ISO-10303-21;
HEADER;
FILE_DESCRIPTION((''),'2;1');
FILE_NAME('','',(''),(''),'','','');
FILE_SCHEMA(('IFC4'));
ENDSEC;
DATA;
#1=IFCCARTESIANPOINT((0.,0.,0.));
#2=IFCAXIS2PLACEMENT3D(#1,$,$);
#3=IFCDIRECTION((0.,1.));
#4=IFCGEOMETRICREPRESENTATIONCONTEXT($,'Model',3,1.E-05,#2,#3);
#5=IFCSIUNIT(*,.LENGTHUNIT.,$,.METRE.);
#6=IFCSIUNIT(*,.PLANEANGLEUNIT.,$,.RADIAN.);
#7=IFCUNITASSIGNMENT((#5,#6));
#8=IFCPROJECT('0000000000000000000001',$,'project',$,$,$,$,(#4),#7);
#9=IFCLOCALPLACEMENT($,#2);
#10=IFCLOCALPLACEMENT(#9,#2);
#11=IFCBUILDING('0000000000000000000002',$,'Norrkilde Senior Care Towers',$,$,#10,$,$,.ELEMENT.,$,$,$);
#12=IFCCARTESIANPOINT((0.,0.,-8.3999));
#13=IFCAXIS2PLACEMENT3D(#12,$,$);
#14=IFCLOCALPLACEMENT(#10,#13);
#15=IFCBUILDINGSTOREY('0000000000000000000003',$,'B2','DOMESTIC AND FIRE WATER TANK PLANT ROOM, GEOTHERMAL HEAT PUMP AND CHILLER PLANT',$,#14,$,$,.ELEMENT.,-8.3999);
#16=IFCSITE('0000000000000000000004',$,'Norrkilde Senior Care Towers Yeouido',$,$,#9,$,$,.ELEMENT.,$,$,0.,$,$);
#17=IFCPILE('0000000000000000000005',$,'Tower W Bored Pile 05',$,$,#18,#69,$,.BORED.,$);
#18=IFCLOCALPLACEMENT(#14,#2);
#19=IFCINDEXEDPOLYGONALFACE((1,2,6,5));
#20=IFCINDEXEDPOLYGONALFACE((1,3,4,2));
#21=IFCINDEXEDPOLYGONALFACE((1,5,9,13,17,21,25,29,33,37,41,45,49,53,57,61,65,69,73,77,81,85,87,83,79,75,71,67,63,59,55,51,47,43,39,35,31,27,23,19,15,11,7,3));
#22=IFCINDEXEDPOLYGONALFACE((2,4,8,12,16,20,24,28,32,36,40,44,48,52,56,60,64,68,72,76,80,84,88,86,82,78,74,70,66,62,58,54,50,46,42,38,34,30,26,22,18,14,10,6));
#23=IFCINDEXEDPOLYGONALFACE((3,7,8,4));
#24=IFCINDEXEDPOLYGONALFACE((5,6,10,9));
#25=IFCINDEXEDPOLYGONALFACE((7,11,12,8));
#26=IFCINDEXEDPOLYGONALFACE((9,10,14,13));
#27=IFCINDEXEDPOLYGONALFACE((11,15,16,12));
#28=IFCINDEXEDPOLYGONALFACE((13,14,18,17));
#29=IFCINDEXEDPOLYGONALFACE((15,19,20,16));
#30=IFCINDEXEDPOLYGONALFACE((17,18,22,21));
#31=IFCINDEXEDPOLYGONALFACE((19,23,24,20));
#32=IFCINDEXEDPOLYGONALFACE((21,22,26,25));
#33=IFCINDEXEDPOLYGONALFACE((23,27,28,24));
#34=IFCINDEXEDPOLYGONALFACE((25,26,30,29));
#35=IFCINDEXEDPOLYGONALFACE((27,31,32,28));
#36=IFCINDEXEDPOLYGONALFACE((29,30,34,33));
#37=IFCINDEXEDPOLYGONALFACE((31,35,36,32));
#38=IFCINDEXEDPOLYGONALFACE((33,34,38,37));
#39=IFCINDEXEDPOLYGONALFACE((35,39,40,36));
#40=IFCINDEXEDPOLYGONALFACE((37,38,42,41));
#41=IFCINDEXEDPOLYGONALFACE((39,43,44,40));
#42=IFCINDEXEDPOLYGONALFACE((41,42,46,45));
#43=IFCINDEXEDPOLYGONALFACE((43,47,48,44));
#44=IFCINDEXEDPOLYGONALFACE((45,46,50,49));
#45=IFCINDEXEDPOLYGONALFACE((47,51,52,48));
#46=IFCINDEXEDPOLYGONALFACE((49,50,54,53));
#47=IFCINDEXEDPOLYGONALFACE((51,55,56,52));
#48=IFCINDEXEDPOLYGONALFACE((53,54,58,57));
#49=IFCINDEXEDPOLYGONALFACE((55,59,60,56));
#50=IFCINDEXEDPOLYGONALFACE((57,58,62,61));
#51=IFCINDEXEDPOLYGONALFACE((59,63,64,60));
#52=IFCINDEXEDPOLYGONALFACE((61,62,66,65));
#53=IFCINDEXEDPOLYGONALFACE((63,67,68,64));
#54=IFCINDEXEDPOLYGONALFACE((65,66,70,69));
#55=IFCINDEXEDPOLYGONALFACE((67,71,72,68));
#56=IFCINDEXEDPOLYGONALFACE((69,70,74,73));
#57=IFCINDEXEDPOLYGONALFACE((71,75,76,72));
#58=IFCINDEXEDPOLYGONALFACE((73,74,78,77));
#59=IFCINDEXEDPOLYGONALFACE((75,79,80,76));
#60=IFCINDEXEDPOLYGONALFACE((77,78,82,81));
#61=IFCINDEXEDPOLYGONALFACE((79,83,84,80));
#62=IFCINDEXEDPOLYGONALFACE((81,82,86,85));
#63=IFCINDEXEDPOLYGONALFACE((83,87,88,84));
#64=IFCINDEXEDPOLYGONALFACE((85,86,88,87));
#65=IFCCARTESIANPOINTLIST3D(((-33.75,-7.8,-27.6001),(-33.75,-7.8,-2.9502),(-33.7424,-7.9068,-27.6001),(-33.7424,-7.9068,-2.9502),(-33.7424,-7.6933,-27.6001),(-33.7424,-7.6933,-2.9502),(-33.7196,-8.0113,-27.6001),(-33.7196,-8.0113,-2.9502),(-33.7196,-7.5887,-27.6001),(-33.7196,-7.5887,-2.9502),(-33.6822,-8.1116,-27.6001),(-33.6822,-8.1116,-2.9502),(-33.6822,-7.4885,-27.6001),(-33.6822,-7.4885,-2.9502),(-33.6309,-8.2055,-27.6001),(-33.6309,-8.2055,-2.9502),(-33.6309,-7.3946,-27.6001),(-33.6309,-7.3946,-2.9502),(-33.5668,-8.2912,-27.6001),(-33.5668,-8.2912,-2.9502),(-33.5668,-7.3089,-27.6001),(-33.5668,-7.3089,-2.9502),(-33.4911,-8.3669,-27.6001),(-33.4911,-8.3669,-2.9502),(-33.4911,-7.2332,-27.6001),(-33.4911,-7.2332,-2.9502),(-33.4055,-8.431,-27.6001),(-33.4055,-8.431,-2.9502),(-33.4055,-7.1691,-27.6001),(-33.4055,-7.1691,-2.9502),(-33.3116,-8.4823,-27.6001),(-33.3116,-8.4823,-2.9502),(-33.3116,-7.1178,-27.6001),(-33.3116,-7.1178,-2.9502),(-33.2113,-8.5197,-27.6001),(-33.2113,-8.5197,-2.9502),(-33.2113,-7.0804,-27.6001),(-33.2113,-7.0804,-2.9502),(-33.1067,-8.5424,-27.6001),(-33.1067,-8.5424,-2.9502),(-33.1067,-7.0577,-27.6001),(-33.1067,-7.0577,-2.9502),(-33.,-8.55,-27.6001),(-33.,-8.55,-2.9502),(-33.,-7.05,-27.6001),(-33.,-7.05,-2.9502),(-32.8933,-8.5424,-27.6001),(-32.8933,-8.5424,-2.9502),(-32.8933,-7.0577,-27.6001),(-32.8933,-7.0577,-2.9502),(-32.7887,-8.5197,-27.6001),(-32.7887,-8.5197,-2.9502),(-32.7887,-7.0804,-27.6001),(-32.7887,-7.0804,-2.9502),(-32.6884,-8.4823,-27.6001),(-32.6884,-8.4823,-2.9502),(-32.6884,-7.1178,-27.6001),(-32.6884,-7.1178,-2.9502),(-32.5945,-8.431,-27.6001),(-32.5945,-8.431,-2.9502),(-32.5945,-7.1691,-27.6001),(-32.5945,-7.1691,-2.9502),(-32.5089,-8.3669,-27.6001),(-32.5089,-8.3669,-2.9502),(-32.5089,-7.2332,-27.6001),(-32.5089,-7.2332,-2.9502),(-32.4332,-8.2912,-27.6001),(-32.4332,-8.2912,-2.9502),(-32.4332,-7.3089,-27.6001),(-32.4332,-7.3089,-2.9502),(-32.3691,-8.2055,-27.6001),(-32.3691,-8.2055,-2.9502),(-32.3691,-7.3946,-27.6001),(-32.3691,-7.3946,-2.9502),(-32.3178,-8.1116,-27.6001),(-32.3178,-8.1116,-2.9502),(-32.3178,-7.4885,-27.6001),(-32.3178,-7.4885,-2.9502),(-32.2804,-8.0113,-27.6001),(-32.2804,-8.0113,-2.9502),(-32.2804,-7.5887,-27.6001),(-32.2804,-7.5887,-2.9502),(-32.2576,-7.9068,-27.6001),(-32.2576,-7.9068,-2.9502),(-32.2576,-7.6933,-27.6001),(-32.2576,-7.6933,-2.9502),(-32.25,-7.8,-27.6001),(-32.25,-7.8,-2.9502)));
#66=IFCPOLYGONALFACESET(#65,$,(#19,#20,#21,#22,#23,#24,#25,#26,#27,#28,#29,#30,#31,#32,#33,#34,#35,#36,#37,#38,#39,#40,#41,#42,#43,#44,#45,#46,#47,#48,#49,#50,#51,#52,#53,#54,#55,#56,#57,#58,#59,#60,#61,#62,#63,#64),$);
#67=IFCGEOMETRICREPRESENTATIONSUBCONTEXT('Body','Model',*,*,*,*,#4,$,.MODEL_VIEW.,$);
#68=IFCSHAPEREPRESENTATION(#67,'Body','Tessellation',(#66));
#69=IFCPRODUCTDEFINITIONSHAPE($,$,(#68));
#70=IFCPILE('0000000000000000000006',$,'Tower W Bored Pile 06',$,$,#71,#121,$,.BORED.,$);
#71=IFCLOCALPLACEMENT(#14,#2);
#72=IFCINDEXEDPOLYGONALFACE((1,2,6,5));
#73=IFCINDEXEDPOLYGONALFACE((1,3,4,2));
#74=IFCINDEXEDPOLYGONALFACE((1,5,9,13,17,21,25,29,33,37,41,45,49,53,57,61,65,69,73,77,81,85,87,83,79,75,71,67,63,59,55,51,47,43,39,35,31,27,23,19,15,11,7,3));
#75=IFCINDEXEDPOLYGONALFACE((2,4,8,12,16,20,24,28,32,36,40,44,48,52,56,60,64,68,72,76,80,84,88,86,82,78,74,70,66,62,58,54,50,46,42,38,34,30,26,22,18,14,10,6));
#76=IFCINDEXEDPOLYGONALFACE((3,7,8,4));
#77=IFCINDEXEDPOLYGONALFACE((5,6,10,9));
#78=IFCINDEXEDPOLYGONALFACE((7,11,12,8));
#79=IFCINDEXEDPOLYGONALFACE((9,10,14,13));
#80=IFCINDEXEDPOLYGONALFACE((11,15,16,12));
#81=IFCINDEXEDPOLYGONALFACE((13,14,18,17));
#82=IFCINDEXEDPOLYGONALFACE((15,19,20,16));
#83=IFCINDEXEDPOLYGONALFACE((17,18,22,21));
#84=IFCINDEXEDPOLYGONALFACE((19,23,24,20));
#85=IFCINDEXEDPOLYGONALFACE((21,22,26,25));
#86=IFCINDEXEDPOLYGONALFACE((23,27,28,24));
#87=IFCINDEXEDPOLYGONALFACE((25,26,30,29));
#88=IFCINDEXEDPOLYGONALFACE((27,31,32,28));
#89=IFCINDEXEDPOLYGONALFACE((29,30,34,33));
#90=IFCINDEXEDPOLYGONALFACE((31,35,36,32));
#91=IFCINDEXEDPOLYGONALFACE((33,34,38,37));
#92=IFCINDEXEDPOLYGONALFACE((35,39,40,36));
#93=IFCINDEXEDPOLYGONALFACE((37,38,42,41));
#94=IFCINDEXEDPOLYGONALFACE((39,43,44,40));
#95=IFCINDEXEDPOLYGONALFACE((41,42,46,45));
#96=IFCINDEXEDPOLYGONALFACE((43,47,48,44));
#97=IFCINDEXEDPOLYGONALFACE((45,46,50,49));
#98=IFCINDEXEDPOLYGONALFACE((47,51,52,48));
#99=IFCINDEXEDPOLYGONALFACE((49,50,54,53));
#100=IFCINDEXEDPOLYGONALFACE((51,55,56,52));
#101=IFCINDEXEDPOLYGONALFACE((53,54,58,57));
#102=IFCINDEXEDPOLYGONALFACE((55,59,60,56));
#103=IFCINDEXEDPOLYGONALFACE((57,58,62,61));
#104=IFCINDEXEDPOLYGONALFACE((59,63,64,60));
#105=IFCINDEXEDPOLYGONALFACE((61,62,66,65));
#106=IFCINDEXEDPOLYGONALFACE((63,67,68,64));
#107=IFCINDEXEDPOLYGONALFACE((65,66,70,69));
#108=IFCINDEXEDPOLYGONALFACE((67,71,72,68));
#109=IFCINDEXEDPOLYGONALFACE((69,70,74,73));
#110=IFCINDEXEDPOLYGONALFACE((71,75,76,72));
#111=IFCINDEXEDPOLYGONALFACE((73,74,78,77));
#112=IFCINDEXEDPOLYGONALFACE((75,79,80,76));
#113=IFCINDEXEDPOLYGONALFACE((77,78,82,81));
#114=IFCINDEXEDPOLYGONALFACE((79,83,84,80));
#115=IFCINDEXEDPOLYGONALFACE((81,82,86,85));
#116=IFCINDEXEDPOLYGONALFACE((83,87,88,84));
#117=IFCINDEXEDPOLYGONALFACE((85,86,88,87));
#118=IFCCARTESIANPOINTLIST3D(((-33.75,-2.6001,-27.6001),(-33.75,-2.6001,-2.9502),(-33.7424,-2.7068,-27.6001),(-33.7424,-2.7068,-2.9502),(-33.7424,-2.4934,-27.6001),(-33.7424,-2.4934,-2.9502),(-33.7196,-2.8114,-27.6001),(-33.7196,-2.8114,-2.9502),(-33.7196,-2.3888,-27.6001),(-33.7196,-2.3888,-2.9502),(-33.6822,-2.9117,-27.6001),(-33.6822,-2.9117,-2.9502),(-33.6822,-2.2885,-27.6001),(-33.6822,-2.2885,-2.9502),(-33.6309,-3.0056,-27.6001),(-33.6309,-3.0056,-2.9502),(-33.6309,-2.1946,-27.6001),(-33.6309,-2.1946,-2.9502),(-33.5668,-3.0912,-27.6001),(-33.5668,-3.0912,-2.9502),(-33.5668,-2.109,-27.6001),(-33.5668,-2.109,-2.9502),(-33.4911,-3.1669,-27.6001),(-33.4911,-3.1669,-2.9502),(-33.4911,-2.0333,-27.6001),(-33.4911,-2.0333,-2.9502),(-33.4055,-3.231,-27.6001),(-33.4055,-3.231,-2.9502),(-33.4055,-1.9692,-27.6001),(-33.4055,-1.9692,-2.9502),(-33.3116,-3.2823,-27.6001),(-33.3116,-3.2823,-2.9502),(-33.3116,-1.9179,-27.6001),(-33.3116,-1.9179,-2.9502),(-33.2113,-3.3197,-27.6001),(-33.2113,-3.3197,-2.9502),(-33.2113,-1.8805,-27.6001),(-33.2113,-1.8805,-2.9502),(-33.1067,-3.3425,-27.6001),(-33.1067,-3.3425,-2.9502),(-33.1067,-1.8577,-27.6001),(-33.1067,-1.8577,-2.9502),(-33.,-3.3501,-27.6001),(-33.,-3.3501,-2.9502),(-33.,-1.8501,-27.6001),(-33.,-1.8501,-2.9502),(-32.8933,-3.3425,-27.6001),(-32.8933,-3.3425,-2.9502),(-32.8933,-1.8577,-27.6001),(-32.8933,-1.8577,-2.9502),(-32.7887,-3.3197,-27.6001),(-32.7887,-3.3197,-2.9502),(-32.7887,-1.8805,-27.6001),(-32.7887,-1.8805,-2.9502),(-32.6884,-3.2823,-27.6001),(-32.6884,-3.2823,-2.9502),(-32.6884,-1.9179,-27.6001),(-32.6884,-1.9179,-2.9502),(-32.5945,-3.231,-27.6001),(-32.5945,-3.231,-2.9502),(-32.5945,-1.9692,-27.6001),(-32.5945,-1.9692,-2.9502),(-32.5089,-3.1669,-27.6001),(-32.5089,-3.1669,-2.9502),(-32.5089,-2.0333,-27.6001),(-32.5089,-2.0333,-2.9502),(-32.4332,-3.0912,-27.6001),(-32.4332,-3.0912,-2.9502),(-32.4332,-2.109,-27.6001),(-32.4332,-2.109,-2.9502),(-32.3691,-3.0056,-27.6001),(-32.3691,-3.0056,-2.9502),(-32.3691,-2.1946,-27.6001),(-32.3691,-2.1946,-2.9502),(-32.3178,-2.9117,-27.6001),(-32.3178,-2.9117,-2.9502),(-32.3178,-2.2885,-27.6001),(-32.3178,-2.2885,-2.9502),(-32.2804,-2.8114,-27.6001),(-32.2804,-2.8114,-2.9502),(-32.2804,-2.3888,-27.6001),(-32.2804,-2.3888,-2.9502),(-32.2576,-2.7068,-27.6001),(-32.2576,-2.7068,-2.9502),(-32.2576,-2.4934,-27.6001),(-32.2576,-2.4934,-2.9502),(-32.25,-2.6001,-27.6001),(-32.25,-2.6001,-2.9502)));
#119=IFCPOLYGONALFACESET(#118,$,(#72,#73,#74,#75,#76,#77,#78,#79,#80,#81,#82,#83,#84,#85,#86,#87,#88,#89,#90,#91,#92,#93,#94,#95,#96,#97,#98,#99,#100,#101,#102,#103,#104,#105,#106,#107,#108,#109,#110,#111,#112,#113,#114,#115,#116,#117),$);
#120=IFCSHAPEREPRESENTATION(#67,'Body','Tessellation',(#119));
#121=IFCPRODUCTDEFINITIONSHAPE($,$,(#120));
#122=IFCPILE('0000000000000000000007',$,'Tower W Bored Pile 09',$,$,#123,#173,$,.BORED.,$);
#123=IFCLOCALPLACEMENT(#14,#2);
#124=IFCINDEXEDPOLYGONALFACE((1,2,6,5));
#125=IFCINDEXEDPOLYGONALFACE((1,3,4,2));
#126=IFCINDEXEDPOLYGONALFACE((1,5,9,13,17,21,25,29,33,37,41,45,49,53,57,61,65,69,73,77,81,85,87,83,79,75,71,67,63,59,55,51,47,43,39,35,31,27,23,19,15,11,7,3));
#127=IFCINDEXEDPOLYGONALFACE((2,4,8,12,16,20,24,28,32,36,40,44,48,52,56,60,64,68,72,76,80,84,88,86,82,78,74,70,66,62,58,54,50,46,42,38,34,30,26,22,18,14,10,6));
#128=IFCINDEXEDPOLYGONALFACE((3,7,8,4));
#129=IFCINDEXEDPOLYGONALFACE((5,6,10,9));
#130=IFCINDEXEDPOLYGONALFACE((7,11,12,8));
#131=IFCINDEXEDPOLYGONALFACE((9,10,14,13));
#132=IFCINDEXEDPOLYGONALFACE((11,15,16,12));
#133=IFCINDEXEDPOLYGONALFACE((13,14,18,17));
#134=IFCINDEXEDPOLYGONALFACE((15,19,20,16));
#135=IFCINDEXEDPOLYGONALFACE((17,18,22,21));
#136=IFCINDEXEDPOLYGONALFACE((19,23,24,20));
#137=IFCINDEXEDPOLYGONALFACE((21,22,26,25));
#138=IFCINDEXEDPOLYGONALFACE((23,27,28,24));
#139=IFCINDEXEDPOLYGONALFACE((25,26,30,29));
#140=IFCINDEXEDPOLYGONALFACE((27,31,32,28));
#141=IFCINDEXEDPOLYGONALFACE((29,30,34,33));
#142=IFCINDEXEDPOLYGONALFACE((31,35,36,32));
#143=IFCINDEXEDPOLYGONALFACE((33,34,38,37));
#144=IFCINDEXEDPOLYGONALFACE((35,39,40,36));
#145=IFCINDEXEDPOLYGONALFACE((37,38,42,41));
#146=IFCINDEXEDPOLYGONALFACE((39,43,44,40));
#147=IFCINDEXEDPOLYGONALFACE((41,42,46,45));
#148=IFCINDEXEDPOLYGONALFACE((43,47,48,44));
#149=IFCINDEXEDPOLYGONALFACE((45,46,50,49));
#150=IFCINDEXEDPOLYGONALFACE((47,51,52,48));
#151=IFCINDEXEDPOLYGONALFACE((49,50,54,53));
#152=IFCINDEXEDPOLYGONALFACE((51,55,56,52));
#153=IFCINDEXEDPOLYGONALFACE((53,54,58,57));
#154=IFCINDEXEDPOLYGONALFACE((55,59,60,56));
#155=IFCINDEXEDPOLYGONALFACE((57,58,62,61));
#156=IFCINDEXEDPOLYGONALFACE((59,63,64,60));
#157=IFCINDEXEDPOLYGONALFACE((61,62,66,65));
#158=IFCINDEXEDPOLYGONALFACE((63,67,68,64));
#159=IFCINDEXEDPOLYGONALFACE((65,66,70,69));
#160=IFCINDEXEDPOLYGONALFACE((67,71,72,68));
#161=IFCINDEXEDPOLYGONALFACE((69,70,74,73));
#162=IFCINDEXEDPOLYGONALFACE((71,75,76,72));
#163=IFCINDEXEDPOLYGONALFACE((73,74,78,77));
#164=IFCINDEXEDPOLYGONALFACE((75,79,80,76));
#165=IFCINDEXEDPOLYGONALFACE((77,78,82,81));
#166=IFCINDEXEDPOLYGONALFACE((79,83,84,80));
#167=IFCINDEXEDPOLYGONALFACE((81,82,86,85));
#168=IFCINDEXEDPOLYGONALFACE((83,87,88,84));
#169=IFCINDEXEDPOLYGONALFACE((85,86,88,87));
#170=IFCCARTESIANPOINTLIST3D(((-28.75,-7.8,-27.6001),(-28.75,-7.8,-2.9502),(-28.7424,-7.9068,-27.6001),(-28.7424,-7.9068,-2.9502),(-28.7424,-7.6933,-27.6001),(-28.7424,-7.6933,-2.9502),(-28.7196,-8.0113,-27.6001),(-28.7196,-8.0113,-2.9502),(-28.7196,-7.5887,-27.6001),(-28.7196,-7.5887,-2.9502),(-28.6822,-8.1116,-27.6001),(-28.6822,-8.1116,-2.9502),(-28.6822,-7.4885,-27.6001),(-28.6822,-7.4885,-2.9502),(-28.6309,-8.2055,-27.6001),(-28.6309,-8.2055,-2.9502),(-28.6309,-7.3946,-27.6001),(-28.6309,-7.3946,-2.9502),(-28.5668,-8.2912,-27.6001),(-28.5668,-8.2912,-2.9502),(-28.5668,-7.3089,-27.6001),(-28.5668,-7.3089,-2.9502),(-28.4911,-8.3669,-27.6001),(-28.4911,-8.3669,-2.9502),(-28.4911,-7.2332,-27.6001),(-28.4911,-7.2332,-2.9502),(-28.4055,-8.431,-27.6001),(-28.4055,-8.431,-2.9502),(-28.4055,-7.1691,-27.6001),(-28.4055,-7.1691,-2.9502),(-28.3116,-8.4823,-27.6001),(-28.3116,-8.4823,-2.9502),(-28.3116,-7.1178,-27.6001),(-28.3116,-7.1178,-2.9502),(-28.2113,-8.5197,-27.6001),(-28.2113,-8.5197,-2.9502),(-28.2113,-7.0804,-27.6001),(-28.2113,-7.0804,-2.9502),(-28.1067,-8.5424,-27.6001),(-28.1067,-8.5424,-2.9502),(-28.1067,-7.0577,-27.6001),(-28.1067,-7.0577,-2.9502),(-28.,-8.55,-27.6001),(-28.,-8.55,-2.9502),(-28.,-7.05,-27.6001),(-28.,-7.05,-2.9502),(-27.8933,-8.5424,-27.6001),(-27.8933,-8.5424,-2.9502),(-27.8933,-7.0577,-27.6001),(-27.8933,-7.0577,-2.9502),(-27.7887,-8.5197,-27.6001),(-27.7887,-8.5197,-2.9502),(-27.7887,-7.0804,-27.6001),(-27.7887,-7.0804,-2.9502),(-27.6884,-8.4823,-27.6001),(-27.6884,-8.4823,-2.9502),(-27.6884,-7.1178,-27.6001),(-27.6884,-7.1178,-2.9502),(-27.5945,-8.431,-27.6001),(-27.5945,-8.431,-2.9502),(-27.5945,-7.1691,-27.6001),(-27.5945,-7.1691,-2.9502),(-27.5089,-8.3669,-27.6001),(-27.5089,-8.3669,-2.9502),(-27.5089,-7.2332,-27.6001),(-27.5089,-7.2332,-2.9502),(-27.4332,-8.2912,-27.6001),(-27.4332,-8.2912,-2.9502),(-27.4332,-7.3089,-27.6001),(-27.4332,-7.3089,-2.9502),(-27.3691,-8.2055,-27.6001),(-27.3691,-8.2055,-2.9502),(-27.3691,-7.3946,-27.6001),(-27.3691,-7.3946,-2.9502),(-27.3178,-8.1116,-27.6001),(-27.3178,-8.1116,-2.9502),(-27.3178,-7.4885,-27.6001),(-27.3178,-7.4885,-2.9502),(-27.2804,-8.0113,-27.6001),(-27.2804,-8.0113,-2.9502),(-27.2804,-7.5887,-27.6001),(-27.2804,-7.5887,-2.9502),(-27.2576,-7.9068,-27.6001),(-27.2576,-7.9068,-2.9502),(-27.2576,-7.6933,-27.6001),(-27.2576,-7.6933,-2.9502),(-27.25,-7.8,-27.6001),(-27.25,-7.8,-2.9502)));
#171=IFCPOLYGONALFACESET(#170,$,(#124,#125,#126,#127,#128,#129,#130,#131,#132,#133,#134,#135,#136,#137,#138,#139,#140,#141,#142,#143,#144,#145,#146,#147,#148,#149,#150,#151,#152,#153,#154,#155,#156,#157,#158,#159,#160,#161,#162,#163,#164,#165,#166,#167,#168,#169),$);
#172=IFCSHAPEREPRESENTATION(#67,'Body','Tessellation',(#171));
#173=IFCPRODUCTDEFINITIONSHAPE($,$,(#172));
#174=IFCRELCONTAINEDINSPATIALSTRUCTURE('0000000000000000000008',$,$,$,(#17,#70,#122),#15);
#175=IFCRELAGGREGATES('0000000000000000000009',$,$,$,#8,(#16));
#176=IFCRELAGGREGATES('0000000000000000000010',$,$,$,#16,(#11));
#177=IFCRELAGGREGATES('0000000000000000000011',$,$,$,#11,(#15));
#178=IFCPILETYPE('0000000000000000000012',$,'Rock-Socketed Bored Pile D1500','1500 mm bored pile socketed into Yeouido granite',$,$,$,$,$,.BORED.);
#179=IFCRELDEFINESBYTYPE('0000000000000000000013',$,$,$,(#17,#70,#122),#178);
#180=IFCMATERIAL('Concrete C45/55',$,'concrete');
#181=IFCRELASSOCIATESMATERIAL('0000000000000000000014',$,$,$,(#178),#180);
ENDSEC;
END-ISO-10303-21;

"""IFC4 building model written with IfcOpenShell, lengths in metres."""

from ifc_helpers import new_model, si_unit, direction, frame, origin, origin_2d, place, context, subcontext, project, spatial, circle, extrude, source, transform, mapped, material, material_profile, profile_set, type_object, type_shapes, element, save


model = new_model("IFC4")

# Units and contexts
model_context = context("Model", 3, precision=1e-05, world=origin(), true_north=direction((0.0, 1.0)))
body_context = subcontext(model_context, "Body", "Model", "MODEL_VIEW")
ifc_project = project(units=[si_unit("LENGTHUNIT", "METRE"), si_unit("PLANEANGLEUNIT", "RADIAN")], contexts=[model_context])

# Site, building, storey
site_placement = place(None, origin())
site = spatial("IfcSite", under=ifc_project, at=site_placement, Name="Norrkilde Senior Care Towers Yeouido", CompositionType="ELEMENT", RefElevation=0.0)
building_placement = place(site_placement, origin())
building = spatial("IfcBuilding", under=site, at=building_placement, Name="Norrkilde Senior Care Towers", CompositionType="ELEMENT")
storey_placement = place(building_placement, frame((0.0, 0.0, -8.3999)))
storey = spatial("IfcBuildingStorey", under=building, at=storey_placement, Name="B2", Description="DOMESTIC AND FIRE WATER TANK PLANT ROOM, GEOTHERMAL HEAT PUMP AND CHILLER PLANT", CompositionType="ELEMENT", Elevation=-8.3999)

# Piles
ifc_material_1 = material(Name="Concrete C45/55", Category="concrete")
ifc_material_profile_1 = material_profile(ifc_material_1, circle(Radius=0.75, at=origin_2d()), Name="BORED PILE 1500")
ifc_profile_set_1 = profile_set([ifc_material_profile_1], Name="Concrete C45/55")
pile_type_1 = type_object("IfcPileType", Name="Rock-Socketed Bored Pile D1500", Description="1500 mm bored pile socketed into Yeouido granite", PredefinedType="BORED", material=ifc_profile_set_1)
shared_shape_1 = source(origin(), body_context, "Body", "SweptSolid", [
    extrude(circle(Radius=0.75, at=origin_2d()), origin(), (0.0, 0.0, 1.0), 24.6499),
])
type_shapes(pile_type_1, [shared_shape_1])
for number, where, z_axis, x_axis, name in (
    (1, (-33.0, -7.8, -2.9502), (0.0, 0.0, -1.0), (1.0, 0.0, 0.0), "Tower W Bored Pile 05"),
    (2, (-33.0, -2.6001, -2.9502), (0.0, 0.0, -1.0), (1.0, 0.0, 0.0), "Tower W Bored Pile 06"),
    (3, (-28.0, -7.8, -2.9502), (0.0, 0.0, -1.0), (1.0, 0.0, 0.0), "Tower W Bored Pile 09"),
):
    element("IfcPile", number, at=place(storey_placement, frame(where, z_axis=z_axis, x_axis=x_axis)), inside=storey, type_object=pile_type_1, Name=name, PredefinedType="BORED", context=body_context, shape_type="MappedRepresentation", body=[
        mapped(shared_shape_1, transform((0.0, 0.0, 0.0), x_axis=(1.0, 0.0, 0.0), y_axis=(0.0, 1.0, 0.0), z_axis=(0.0, 0.0, 1.0), scale=1.0)),
    ])

save(model, "model.ifc")
